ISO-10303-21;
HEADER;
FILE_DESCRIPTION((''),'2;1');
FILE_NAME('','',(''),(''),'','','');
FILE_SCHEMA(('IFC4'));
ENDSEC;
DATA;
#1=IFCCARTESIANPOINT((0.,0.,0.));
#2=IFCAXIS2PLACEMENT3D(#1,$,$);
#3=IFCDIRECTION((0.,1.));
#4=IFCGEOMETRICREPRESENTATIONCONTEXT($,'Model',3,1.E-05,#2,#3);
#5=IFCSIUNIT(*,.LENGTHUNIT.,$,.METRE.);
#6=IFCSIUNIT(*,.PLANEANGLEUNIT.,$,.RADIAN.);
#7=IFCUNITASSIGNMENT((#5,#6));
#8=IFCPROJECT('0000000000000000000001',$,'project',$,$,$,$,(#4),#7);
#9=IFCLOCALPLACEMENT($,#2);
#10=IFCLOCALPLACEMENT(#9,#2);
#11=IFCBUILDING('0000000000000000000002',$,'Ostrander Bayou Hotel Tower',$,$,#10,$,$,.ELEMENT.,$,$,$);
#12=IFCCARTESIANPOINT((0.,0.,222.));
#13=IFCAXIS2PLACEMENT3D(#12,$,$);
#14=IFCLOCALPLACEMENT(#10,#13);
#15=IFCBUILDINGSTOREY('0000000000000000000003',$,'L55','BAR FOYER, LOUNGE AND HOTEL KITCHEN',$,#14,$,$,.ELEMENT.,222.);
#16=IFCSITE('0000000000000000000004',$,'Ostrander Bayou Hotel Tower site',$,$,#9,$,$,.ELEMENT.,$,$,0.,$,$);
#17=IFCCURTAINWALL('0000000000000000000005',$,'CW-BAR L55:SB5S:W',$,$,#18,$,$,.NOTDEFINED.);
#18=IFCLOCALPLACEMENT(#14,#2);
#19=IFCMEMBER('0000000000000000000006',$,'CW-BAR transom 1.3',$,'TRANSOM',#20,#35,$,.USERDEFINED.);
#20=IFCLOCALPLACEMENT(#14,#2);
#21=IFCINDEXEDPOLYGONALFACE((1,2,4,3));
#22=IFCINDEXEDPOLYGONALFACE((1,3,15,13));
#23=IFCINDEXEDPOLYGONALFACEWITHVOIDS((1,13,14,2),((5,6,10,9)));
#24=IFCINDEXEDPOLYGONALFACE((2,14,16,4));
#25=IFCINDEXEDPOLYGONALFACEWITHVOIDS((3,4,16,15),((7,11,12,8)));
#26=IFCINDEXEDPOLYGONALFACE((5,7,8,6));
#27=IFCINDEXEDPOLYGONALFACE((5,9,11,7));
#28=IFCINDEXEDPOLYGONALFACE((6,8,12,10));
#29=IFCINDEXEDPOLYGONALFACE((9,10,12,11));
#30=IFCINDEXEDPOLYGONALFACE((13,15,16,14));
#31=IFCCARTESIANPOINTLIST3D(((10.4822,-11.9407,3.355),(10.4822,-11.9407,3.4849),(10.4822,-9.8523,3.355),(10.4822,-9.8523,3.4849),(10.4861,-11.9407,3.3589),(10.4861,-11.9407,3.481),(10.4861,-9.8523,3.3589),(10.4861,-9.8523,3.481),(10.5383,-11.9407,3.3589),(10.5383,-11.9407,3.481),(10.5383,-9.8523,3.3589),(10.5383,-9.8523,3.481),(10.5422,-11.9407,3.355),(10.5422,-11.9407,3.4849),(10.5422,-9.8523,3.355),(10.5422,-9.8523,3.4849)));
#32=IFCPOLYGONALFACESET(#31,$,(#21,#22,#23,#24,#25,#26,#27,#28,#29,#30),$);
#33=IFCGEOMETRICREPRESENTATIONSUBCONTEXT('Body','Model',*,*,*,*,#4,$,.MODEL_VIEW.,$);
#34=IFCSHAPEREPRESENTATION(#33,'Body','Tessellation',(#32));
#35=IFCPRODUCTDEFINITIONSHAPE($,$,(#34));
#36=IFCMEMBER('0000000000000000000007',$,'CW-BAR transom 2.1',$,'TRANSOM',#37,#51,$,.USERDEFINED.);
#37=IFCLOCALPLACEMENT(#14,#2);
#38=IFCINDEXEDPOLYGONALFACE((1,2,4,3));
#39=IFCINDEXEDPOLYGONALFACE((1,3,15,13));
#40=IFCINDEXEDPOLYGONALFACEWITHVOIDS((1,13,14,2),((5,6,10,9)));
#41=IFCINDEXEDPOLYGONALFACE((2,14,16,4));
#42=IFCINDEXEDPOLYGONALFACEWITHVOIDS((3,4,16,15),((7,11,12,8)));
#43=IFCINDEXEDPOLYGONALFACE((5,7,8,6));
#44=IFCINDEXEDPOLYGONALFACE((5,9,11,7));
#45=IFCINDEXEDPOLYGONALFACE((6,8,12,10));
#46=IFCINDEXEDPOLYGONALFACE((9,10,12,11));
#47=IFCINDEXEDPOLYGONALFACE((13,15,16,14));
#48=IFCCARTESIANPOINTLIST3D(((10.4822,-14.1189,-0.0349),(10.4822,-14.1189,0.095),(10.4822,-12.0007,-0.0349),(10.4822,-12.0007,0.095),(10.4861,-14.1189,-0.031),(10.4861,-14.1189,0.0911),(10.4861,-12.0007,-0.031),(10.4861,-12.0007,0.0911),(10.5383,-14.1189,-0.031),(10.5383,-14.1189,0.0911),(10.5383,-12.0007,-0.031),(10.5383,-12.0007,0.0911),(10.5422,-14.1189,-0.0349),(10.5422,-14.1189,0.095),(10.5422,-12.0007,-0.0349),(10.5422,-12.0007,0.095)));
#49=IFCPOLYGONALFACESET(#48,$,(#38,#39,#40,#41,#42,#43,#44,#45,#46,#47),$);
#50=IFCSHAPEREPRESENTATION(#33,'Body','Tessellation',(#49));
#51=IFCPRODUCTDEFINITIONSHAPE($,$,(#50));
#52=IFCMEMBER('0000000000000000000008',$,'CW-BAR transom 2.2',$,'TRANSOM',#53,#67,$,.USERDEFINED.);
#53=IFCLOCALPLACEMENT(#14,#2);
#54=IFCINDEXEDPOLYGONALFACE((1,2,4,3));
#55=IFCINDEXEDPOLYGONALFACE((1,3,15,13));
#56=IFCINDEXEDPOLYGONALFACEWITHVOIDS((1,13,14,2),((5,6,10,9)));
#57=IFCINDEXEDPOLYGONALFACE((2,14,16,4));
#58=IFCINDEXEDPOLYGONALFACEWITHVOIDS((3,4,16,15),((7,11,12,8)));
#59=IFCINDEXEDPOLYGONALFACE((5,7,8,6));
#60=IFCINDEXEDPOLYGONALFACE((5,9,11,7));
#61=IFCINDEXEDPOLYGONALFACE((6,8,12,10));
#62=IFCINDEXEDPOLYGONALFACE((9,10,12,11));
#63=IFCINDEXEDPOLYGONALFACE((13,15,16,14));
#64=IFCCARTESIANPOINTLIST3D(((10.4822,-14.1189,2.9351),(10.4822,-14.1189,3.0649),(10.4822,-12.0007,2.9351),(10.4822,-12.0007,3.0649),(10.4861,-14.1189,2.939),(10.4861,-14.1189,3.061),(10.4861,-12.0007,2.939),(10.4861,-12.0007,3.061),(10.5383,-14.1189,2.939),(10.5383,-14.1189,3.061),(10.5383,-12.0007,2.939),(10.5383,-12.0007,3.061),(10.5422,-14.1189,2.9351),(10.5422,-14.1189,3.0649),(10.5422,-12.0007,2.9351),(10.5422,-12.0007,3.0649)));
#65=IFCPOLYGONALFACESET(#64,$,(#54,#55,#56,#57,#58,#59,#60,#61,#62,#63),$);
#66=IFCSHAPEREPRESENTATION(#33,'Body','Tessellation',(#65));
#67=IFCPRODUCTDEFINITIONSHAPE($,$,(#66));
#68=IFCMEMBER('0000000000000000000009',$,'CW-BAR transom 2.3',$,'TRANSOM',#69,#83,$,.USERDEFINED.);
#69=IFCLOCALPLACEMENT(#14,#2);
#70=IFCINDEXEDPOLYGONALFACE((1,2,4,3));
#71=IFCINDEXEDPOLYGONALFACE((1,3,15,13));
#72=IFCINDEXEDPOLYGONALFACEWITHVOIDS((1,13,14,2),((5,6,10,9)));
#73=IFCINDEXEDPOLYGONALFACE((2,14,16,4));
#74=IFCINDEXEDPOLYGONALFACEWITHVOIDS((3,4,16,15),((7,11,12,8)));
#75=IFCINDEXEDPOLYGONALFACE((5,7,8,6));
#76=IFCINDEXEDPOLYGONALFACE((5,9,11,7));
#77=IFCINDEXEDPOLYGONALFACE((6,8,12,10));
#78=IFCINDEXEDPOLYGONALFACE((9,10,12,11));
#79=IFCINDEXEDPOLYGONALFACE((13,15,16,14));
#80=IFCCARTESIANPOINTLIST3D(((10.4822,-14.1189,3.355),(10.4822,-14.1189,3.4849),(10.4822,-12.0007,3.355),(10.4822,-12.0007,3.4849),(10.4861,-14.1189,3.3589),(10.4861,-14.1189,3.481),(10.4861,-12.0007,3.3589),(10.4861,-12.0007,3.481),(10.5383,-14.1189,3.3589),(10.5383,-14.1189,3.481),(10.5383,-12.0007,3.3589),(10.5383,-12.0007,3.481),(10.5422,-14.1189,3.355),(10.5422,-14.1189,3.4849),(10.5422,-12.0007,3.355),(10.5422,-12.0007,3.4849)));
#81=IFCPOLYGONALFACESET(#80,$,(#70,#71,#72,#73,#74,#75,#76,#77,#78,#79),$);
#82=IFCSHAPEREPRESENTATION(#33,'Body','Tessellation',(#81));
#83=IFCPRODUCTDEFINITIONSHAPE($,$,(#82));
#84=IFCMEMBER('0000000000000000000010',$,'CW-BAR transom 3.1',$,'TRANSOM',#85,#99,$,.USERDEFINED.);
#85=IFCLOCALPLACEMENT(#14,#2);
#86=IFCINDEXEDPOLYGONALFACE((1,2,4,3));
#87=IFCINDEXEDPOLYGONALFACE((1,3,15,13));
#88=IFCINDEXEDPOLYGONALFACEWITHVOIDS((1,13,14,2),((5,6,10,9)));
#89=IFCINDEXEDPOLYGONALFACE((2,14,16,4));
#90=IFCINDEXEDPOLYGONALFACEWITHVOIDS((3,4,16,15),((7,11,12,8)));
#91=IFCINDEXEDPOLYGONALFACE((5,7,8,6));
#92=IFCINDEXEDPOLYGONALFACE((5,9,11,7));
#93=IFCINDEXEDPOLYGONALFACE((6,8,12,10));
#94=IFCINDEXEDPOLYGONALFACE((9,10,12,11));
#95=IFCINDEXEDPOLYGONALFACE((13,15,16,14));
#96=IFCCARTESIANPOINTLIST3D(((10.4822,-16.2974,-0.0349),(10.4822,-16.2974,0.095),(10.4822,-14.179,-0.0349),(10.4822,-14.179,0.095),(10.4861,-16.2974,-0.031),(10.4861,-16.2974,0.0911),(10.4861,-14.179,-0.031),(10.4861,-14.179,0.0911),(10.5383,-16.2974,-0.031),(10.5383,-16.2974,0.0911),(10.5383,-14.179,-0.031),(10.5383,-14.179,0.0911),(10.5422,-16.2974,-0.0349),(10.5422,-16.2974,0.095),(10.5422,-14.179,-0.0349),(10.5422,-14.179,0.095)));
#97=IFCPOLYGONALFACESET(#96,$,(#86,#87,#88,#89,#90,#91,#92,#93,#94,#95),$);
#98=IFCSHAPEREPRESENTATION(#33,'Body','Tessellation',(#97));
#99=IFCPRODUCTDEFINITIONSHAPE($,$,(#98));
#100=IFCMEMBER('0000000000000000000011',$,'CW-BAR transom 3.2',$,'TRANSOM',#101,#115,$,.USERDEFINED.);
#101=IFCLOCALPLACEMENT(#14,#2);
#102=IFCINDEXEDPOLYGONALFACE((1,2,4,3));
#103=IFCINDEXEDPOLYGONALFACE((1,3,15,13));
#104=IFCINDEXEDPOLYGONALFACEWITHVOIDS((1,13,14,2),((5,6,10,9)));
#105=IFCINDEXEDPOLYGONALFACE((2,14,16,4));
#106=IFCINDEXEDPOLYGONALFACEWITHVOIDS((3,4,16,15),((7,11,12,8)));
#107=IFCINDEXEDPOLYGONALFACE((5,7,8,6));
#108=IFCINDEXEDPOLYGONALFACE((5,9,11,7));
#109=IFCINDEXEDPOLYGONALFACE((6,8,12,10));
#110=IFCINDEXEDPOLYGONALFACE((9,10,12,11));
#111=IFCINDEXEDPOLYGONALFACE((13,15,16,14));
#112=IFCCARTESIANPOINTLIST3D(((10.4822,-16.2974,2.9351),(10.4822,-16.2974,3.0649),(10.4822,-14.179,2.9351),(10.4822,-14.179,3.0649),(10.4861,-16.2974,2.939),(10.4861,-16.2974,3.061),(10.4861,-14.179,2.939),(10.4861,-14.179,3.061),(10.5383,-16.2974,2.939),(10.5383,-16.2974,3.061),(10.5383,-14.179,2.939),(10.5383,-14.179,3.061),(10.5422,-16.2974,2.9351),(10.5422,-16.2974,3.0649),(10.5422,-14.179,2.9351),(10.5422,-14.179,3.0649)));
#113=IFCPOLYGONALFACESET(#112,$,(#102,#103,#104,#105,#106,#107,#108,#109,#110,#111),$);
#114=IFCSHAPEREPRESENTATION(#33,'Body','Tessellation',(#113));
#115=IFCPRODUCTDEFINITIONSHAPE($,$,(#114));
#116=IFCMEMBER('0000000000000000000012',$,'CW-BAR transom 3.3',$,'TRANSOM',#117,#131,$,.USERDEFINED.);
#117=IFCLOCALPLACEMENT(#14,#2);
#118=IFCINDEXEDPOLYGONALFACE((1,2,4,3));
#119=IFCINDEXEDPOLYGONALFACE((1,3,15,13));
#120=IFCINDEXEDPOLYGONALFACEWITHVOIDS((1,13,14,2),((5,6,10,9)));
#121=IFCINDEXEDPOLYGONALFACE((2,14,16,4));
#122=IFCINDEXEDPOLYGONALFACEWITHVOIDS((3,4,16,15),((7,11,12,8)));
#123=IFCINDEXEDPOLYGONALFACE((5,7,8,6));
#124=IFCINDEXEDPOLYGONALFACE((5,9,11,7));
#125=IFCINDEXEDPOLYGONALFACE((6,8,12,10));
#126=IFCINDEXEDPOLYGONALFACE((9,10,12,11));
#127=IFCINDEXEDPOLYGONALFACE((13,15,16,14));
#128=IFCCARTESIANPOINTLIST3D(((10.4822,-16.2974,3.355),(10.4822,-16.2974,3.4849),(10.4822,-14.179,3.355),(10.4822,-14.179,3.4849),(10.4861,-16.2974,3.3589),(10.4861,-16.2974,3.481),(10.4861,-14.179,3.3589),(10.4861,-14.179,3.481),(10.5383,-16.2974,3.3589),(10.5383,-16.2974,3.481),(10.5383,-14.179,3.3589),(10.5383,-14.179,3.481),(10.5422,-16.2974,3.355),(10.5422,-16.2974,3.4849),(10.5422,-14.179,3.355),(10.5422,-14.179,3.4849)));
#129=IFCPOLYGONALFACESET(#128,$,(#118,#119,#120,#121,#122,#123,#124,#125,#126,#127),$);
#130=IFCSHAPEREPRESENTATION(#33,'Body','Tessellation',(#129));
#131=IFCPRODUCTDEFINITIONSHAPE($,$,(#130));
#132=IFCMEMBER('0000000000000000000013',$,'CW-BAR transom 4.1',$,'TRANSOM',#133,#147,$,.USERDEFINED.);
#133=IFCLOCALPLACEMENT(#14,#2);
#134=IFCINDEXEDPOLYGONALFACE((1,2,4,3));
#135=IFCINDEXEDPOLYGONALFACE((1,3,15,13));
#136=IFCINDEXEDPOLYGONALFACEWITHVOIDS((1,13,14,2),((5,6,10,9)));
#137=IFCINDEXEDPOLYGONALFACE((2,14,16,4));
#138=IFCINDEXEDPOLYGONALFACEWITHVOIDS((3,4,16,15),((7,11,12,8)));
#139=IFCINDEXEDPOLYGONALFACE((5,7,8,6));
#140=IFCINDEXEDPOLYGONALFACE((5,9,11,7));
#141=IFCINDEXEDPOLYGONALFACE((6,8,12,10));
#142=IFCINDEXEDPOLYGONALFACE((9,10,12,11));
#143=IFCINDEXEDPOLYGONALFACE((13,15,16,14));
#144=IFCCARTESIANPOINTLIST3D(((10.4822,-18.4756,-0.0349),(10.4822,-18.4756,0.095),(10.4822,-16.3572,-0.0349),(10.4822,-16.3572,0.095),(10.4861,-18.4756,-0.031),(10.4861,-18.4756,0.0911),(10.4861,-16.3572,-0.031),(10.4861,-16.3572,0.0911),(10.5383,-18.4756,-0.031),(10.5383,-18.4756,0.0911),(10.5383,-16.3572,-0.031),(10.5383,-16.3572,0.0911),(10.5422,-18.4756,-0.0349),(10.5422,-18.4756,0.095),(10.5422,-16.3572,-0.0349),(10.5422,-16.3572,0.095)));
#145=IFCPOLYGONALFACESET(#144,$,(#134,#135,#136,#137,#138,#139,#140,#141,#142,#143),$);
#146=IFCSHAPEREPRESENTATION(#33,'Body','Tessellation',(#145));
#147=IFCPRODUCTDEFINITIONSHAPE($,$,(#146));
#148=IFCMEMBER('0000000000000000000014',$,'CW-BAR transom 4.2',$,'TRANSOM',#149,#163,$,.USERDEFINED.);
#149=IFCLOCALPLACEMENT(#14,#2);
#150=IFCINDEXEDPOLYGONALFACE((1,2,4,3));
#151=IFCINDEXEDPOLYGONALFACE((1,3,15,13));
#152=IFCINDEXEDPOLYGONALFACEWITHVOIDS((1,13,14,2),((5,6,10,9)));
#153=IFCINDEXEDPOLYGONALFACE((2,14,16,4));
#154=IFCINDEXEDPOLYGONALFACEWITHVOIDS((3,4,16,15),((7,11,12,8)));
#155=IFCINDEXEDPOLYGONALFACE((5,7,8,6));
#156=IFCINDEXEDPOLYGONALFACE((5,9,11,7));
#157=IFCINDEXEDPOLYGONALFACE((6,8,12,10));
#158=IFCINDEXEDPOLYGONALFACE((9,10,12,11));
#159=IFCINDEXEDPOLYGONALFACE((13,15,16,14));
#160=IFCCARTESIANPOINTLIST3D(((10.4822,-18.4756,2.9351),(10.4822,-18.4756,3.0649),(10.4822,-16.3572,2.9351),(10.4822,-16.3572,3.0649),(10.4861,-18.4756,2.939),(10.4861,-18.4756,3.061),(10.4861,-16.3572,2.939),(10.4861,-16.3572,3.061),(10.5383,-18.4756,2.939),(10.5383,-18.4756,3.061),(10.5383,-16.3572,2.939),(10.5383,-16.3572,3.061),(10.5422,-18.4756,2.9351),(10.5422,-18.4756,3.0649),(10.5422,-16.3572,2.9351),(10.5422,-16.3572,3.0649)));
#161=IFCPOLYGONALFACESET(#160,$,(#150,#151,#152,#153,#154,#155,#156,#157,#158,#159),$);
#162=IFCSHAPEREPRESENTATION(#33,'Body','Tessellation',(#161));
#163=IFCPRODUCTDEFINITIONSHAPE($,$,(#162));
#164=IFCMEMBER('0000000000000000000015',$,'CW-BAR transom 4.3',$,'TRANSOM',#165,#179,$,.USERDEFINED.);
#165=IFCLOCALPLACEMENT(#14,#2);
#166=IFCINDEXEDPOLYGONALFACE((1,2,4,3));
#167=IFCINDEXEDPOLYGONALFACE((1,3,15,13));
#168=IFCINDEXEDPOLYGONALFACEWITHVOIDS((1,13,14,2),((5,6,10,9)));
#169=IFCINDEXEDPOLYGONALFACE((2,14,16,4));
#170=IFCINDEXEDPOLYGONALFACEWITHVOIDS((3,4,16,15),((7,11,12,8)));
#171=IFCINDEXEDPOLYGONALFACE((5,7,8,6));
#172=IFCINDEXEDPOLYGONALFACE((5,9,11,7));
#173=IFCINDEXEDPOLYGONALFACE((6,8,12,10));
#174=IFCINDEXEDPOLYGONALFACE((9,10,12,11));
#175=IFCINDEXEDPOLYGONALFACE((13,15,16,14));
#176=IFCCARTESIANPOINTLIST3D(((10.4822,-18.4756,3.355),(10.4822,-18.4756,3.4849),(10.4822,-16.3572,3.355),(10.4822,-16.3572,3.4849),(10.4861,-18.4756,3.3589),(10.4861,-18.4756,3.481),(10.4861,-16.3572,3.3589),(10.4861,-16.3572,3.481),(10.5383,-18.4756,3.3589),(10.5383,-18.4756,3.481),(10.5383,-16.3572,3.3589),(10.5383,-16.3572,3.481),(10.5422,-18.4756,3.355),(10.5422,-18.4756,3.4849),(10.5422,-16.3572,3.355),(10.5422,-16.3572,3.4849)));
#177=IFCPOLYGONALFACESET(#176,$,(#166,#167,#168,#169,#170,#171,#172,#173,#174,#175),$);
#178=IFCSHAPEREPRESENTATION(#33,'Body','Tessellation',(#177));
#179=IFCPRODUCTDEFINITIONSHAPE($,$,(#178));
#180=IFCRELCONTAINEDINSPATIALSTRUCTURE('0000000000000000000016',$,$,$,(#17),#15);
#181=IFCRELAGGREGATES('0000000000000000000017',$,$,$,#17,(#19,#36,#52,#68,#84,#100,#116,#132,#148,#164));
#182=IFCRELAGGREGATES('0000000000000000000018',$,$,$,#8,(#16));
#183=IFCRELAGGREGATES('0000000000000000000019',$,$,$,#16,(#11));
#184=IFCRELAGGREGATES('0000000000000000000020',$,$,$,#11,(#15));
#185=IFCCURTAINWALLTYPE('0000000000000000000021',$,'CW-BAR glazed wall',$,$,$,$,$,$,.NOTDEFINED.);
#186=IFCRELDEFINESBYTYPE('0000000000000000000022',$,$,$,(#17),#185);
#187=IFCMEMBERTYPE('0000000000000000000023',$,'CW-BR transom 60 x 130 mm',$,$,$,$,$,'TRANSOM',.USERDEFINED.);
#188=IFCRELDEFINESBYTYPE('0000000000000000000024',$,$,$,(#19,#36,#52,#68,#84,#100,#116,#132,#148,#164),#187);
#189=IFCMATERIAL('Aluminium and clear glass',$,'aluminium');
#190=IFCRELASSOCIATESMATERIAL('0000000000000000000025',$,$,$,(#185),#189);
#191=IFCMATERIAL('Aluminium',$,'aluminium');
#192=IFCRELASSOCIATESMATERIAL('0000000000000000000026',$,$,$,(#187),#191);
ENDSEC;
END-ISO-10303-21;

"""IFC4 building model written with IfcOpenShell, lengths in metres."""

from ifc_helpers import new_model, si_unit, direction, frame, origin, origin_2d, place, context, subcontext, project, spatial, hollow_rectangle, extrude, material, material_profile, profile_set, type_object, element, aggregate, save


model = new_model("IFC4")

# Units and contexts
model_context = context("Model", 3, precision=1e-05, world=origin(), true_north=direction((0.0, 1.0)))
body_context = subcontext(model_context, "Body", "Model", "MODEL_VIEW")
ifc_project = project(units=[si_unit("LENGTHUNIT", "METRE"), si_unit("PLANEANGLEUNIT", "RADIAN")], contexts=[model_context])

# Site, building, storey
site_placement = place(None, origin())
site = spatial("IfcSite", under=ifc_project, at=site_placement, Name="Ostrander Bayou Hotel Tower site", CompositionType="ELEMENT", RefElevation=0.0)
building_placement = place(site_placement, origin())
building = spatial("IfcBuilding", under=site, at=building_placement, Name="Ostrander Bayou Hotel Tower", CompositionType="ELEMENT")
storey_placement = place(building_placement, frame((0.0, 0.0, 222.0)))
storey = spatial("IfcBuildingStorey", under=building, at=storey_placement, Name="L55", Description="BAR FOYER, LOUNGE AND HOTEL KITCHEN", CompositionType="ELEMENT", Elevation=222.0)

# Curtain wall, members
ifc_material_1 = material(Name="Aluminium and clear glass", Category="aluminium")
curtain_wall_type = type_object("IfcCurtainWallType", Name="CW-BAR glazed wall", PredefinedType="NOTDEFINED", material=ifc_material_1)
curtain_wall_placement = place(storey_placement, origin())
curtain_wall = element("IfcCurtainWall", 1, at=curtain_wall_placement, inside=storey, type_object=curtain_wall_type, Name="CW-BAR L55:SB5S:W", PredefinedType="NOTDEFINED")
ifc_material_2 = material(Name="Aluminium", Category="aluminium")
ifc_material_profile_1 = material_profile(ifc_material_2, hollow_rectangle(XDim=0.0601, YDim=0.1299, WallThickness=0.0039, at=origin_2d()))
ifc_profile_set_1 = profile_set([ifc_material_profile_1], Name="Aluminium")
member_type_1 = type_object("IfcMemberType", Name="CW-BR transom 60 x 130 mm", ElementType="TRANSOM", PredefinedType="USERDEFINED", material=ifc_profile_set_1)
member_1_placement = place(storey_placement, frame((10.5122, -9.8523, 3.4199), z_axis=(0.0, -1.0, 0.0), x_axis=(1.0, 0.0, 0.0)))
member_1 = element("IfcMember", 2, at=member_1_placement, type_object=member_type_1, Name="CW-BAR transom 1.3", ObjectType="TRANSOM", PredefinedType="USERDEFINED", context=body_context, shape_type="SweptSolid", body=[
    extrude(hollow_rectangle(XDim=0.0601, YDim=0.1299, WallThickness=0.0039, at=origin_2d()), origin(), (0.0, 0.0, 1.0), 2.0884),
])
member_2_placement = place(storey_placement, frame((10.5122, -12.0007, 0.03), z_axis=(0.0, -1.0, 0.0), x_axis=(1.0, 0.0, 0.0)))
member_2 = element("IfcMember", 3, at=member_2_placement, type_object=member_type_1, Name="CW-BAR transom 2.1", ObjectType="TRANSOM", PredefinedType="USERDEFINED", context=body_context, shape_type="SweptSolid", body=[
    extrude(hollow_rectangle(XDim=0.0601, YDim=0.1299, WallThickness=0.0039, at=origin_2d()), origin(), (0.0, 0.0, 1.0), 2.1182),
])
member_3_placement = place(storey_placement, frame((10.5122, -12.0007, 3.0), z_axis=(0.0, -1.0, 0.0), x_axis=(1.0, 0.0, 0.0)))
member_3 = element("IfcMember", 4, at=member_3_placement, type_object=member_type_1, Name="CW-BAR transom 2.2", ObjectType="TRANSOM", PredefinedType="USERDEFINED", context=body_context, shape_type="SweptSolid", body=[
    extrude(hollow_rectangle(XDim=0.0601, YDim=0.1299, WallThickness=0.0039, at=origin_2d()), origin(), (0.0, 0.0, 1.0), 2.1182),
])
member_4_placement = place(storey_placement, frame((10.5122, -12.0007, 3.4199), z_axis=(0.0, -1.0, 0.0), x_axis=(1.0, 0.0, 0.0)))
member_4 = element("IfcMember", 5, at=member_4_placement, type_object=member_type_1, Name="CW-BAR transom 2.3", ObjectType="TRANSOM", PredefinedType="USERDEFINED", context=body_context, shape_type="SweptSolid", body=[
    extrude(hollow_rectangle(XDim=0.0601, YDim=0.1299, WallThickness=0.0039, at=origin_2d()), origin(), (0.0, 0.0, 1.0), 2.1182),
])
member_5_placement = place(storey_placement, frame((10.5122, -14.179, 0.03), z_axis=(0.0, -1.0, 0.0), x_axis=(1.0, 0.0, 0.0)))
member_5 = element("IfcMember", 6, at=member_5_placement, type_object=member_type_1, Name="CW-BAR transom 3.1", ObjectType="TRANSOM", PredefinedType="USERDEFINED", context=body_context, shape_type="SweptSolid", body=[
    extrude(hollow_rectangle(XDim=0.0601, YDim=0.1299, WallThickness=0.0039, at=origin_2d()), origin(), (0.0, 0.0, 1.0), 2.1184),
])
member_6_placement = place(storey_placement, frame((10.5122, -14.179, 3.0), z_axis=(0.0, -1.0, 0.0), x_axis=(1.0, 0.0, 0.0)))
member_6 = element("IfcMember", 7, at=member_6_placement, type_object=member_type_1, Name="CW-BAR transom 3.2", ObjectType="TRANSOM", PredefinedType="USERDEFINED", context=body_context, shape_type="SweptSolid", body=[
    extrude(hollow_rectangle(XDim=0.0601, YDim=0.1299, WallThickness=0.0039, at=origin_2d()), origin(), (0.0, 0.0, 1.0), 2.1184),
])
member_7_placement = place(storey_placement, frame((10.5122, -14.179, 3.4199), z_axis=(0.0, -1.0, 0.0), x_axis=(1.0, 0.0, 0.0)))
member_7 = element("IfcMember", 8, at=member_7_placement, type_object=member_type_1, Name="CW-BAR transom 3.3", ObjectType="TRANSOM", PredefinedType="USERDEFINED", context=body_context, shape_type="SweptSolid", body=[
    extrude(hollow_rectangle(XDim=0.0601, YDim=0.1299, WallThickness=0.0039, at=origin_2d()), origin(), (0.0, 0.0, 1.0), 2.1184),
])
member_8_placement = place(storey_placement, frame((10.5122, -16.3572, 0.03), z_axis=(0.0, -1.0, 0.0), x_axis=(1.0, 0.0, 0.0)))
member_8 = element("IfcMember", 9, at=member_8_placement, type_object=member_type_1, Name="CW-BAR transom 4.1", ObjectType="TRANSOM", PredefinedType="USERDEFINED", context=body_context, shape_type="SweptSolid", body=[
    extrude(hollow_rectangle(XDim=0.0601, YDim=0.1299, WallThickness=0.0039, at=origin_2d()), origin(), (0.0, 0.0, 1.0), 2.1184),
])
member_9_placement = place(storey_placement, frame((10.5122, -16.3572, 3.0), z_axis=(0.0, -1.0, 0.0), x_axis=(1.0, 0.0, 0.0)))
member_9 = element("IfcMember", 10, at=member_9_placement, type_object=member_type_1, Name="CW-BAR transom 4.2", ObjectType="TRANSOM", PredefinedType="USERDEFINED", context=body_context, shape_type="SweptSolid", body=[
    extrude(hollow_rectangle(XDim=0.0601, YDim=0.1299, WallThickness=0.0039, at=origin_2d()), origin(), (0.0, 0.0, 1.0), 2.1184),
])
member_10_placement = place(storey_placement, frame((10.5122, -16.3572, 3.4199), z_axis=(0.0, -1.0, 0.0), x_axis=(1.0, 0.0, 0.0)))
member_10 = element("IfcMember", 11, at=member_10_placement, type_object=member_type_1, Name="CW-BAR transom 4.3", ObjectType="TRANSOM", PredefinedType="USERDEFINED", context=body_context, shape_type="SweptSolid", body=[
    extrude(hollow_rectangle(XDim=0.0601, YDim=0.1299, WallThickness=0.0039, at=origin_2d()), origin(), (0.0, 0.0, 1.0), 2.1184),
])

aggregate(curtain_wall, [member_1, member_2, member_3, member_4, member_5, member_6, member_7, member_8, member_9, member_10])

save(model, "model.ifc")
